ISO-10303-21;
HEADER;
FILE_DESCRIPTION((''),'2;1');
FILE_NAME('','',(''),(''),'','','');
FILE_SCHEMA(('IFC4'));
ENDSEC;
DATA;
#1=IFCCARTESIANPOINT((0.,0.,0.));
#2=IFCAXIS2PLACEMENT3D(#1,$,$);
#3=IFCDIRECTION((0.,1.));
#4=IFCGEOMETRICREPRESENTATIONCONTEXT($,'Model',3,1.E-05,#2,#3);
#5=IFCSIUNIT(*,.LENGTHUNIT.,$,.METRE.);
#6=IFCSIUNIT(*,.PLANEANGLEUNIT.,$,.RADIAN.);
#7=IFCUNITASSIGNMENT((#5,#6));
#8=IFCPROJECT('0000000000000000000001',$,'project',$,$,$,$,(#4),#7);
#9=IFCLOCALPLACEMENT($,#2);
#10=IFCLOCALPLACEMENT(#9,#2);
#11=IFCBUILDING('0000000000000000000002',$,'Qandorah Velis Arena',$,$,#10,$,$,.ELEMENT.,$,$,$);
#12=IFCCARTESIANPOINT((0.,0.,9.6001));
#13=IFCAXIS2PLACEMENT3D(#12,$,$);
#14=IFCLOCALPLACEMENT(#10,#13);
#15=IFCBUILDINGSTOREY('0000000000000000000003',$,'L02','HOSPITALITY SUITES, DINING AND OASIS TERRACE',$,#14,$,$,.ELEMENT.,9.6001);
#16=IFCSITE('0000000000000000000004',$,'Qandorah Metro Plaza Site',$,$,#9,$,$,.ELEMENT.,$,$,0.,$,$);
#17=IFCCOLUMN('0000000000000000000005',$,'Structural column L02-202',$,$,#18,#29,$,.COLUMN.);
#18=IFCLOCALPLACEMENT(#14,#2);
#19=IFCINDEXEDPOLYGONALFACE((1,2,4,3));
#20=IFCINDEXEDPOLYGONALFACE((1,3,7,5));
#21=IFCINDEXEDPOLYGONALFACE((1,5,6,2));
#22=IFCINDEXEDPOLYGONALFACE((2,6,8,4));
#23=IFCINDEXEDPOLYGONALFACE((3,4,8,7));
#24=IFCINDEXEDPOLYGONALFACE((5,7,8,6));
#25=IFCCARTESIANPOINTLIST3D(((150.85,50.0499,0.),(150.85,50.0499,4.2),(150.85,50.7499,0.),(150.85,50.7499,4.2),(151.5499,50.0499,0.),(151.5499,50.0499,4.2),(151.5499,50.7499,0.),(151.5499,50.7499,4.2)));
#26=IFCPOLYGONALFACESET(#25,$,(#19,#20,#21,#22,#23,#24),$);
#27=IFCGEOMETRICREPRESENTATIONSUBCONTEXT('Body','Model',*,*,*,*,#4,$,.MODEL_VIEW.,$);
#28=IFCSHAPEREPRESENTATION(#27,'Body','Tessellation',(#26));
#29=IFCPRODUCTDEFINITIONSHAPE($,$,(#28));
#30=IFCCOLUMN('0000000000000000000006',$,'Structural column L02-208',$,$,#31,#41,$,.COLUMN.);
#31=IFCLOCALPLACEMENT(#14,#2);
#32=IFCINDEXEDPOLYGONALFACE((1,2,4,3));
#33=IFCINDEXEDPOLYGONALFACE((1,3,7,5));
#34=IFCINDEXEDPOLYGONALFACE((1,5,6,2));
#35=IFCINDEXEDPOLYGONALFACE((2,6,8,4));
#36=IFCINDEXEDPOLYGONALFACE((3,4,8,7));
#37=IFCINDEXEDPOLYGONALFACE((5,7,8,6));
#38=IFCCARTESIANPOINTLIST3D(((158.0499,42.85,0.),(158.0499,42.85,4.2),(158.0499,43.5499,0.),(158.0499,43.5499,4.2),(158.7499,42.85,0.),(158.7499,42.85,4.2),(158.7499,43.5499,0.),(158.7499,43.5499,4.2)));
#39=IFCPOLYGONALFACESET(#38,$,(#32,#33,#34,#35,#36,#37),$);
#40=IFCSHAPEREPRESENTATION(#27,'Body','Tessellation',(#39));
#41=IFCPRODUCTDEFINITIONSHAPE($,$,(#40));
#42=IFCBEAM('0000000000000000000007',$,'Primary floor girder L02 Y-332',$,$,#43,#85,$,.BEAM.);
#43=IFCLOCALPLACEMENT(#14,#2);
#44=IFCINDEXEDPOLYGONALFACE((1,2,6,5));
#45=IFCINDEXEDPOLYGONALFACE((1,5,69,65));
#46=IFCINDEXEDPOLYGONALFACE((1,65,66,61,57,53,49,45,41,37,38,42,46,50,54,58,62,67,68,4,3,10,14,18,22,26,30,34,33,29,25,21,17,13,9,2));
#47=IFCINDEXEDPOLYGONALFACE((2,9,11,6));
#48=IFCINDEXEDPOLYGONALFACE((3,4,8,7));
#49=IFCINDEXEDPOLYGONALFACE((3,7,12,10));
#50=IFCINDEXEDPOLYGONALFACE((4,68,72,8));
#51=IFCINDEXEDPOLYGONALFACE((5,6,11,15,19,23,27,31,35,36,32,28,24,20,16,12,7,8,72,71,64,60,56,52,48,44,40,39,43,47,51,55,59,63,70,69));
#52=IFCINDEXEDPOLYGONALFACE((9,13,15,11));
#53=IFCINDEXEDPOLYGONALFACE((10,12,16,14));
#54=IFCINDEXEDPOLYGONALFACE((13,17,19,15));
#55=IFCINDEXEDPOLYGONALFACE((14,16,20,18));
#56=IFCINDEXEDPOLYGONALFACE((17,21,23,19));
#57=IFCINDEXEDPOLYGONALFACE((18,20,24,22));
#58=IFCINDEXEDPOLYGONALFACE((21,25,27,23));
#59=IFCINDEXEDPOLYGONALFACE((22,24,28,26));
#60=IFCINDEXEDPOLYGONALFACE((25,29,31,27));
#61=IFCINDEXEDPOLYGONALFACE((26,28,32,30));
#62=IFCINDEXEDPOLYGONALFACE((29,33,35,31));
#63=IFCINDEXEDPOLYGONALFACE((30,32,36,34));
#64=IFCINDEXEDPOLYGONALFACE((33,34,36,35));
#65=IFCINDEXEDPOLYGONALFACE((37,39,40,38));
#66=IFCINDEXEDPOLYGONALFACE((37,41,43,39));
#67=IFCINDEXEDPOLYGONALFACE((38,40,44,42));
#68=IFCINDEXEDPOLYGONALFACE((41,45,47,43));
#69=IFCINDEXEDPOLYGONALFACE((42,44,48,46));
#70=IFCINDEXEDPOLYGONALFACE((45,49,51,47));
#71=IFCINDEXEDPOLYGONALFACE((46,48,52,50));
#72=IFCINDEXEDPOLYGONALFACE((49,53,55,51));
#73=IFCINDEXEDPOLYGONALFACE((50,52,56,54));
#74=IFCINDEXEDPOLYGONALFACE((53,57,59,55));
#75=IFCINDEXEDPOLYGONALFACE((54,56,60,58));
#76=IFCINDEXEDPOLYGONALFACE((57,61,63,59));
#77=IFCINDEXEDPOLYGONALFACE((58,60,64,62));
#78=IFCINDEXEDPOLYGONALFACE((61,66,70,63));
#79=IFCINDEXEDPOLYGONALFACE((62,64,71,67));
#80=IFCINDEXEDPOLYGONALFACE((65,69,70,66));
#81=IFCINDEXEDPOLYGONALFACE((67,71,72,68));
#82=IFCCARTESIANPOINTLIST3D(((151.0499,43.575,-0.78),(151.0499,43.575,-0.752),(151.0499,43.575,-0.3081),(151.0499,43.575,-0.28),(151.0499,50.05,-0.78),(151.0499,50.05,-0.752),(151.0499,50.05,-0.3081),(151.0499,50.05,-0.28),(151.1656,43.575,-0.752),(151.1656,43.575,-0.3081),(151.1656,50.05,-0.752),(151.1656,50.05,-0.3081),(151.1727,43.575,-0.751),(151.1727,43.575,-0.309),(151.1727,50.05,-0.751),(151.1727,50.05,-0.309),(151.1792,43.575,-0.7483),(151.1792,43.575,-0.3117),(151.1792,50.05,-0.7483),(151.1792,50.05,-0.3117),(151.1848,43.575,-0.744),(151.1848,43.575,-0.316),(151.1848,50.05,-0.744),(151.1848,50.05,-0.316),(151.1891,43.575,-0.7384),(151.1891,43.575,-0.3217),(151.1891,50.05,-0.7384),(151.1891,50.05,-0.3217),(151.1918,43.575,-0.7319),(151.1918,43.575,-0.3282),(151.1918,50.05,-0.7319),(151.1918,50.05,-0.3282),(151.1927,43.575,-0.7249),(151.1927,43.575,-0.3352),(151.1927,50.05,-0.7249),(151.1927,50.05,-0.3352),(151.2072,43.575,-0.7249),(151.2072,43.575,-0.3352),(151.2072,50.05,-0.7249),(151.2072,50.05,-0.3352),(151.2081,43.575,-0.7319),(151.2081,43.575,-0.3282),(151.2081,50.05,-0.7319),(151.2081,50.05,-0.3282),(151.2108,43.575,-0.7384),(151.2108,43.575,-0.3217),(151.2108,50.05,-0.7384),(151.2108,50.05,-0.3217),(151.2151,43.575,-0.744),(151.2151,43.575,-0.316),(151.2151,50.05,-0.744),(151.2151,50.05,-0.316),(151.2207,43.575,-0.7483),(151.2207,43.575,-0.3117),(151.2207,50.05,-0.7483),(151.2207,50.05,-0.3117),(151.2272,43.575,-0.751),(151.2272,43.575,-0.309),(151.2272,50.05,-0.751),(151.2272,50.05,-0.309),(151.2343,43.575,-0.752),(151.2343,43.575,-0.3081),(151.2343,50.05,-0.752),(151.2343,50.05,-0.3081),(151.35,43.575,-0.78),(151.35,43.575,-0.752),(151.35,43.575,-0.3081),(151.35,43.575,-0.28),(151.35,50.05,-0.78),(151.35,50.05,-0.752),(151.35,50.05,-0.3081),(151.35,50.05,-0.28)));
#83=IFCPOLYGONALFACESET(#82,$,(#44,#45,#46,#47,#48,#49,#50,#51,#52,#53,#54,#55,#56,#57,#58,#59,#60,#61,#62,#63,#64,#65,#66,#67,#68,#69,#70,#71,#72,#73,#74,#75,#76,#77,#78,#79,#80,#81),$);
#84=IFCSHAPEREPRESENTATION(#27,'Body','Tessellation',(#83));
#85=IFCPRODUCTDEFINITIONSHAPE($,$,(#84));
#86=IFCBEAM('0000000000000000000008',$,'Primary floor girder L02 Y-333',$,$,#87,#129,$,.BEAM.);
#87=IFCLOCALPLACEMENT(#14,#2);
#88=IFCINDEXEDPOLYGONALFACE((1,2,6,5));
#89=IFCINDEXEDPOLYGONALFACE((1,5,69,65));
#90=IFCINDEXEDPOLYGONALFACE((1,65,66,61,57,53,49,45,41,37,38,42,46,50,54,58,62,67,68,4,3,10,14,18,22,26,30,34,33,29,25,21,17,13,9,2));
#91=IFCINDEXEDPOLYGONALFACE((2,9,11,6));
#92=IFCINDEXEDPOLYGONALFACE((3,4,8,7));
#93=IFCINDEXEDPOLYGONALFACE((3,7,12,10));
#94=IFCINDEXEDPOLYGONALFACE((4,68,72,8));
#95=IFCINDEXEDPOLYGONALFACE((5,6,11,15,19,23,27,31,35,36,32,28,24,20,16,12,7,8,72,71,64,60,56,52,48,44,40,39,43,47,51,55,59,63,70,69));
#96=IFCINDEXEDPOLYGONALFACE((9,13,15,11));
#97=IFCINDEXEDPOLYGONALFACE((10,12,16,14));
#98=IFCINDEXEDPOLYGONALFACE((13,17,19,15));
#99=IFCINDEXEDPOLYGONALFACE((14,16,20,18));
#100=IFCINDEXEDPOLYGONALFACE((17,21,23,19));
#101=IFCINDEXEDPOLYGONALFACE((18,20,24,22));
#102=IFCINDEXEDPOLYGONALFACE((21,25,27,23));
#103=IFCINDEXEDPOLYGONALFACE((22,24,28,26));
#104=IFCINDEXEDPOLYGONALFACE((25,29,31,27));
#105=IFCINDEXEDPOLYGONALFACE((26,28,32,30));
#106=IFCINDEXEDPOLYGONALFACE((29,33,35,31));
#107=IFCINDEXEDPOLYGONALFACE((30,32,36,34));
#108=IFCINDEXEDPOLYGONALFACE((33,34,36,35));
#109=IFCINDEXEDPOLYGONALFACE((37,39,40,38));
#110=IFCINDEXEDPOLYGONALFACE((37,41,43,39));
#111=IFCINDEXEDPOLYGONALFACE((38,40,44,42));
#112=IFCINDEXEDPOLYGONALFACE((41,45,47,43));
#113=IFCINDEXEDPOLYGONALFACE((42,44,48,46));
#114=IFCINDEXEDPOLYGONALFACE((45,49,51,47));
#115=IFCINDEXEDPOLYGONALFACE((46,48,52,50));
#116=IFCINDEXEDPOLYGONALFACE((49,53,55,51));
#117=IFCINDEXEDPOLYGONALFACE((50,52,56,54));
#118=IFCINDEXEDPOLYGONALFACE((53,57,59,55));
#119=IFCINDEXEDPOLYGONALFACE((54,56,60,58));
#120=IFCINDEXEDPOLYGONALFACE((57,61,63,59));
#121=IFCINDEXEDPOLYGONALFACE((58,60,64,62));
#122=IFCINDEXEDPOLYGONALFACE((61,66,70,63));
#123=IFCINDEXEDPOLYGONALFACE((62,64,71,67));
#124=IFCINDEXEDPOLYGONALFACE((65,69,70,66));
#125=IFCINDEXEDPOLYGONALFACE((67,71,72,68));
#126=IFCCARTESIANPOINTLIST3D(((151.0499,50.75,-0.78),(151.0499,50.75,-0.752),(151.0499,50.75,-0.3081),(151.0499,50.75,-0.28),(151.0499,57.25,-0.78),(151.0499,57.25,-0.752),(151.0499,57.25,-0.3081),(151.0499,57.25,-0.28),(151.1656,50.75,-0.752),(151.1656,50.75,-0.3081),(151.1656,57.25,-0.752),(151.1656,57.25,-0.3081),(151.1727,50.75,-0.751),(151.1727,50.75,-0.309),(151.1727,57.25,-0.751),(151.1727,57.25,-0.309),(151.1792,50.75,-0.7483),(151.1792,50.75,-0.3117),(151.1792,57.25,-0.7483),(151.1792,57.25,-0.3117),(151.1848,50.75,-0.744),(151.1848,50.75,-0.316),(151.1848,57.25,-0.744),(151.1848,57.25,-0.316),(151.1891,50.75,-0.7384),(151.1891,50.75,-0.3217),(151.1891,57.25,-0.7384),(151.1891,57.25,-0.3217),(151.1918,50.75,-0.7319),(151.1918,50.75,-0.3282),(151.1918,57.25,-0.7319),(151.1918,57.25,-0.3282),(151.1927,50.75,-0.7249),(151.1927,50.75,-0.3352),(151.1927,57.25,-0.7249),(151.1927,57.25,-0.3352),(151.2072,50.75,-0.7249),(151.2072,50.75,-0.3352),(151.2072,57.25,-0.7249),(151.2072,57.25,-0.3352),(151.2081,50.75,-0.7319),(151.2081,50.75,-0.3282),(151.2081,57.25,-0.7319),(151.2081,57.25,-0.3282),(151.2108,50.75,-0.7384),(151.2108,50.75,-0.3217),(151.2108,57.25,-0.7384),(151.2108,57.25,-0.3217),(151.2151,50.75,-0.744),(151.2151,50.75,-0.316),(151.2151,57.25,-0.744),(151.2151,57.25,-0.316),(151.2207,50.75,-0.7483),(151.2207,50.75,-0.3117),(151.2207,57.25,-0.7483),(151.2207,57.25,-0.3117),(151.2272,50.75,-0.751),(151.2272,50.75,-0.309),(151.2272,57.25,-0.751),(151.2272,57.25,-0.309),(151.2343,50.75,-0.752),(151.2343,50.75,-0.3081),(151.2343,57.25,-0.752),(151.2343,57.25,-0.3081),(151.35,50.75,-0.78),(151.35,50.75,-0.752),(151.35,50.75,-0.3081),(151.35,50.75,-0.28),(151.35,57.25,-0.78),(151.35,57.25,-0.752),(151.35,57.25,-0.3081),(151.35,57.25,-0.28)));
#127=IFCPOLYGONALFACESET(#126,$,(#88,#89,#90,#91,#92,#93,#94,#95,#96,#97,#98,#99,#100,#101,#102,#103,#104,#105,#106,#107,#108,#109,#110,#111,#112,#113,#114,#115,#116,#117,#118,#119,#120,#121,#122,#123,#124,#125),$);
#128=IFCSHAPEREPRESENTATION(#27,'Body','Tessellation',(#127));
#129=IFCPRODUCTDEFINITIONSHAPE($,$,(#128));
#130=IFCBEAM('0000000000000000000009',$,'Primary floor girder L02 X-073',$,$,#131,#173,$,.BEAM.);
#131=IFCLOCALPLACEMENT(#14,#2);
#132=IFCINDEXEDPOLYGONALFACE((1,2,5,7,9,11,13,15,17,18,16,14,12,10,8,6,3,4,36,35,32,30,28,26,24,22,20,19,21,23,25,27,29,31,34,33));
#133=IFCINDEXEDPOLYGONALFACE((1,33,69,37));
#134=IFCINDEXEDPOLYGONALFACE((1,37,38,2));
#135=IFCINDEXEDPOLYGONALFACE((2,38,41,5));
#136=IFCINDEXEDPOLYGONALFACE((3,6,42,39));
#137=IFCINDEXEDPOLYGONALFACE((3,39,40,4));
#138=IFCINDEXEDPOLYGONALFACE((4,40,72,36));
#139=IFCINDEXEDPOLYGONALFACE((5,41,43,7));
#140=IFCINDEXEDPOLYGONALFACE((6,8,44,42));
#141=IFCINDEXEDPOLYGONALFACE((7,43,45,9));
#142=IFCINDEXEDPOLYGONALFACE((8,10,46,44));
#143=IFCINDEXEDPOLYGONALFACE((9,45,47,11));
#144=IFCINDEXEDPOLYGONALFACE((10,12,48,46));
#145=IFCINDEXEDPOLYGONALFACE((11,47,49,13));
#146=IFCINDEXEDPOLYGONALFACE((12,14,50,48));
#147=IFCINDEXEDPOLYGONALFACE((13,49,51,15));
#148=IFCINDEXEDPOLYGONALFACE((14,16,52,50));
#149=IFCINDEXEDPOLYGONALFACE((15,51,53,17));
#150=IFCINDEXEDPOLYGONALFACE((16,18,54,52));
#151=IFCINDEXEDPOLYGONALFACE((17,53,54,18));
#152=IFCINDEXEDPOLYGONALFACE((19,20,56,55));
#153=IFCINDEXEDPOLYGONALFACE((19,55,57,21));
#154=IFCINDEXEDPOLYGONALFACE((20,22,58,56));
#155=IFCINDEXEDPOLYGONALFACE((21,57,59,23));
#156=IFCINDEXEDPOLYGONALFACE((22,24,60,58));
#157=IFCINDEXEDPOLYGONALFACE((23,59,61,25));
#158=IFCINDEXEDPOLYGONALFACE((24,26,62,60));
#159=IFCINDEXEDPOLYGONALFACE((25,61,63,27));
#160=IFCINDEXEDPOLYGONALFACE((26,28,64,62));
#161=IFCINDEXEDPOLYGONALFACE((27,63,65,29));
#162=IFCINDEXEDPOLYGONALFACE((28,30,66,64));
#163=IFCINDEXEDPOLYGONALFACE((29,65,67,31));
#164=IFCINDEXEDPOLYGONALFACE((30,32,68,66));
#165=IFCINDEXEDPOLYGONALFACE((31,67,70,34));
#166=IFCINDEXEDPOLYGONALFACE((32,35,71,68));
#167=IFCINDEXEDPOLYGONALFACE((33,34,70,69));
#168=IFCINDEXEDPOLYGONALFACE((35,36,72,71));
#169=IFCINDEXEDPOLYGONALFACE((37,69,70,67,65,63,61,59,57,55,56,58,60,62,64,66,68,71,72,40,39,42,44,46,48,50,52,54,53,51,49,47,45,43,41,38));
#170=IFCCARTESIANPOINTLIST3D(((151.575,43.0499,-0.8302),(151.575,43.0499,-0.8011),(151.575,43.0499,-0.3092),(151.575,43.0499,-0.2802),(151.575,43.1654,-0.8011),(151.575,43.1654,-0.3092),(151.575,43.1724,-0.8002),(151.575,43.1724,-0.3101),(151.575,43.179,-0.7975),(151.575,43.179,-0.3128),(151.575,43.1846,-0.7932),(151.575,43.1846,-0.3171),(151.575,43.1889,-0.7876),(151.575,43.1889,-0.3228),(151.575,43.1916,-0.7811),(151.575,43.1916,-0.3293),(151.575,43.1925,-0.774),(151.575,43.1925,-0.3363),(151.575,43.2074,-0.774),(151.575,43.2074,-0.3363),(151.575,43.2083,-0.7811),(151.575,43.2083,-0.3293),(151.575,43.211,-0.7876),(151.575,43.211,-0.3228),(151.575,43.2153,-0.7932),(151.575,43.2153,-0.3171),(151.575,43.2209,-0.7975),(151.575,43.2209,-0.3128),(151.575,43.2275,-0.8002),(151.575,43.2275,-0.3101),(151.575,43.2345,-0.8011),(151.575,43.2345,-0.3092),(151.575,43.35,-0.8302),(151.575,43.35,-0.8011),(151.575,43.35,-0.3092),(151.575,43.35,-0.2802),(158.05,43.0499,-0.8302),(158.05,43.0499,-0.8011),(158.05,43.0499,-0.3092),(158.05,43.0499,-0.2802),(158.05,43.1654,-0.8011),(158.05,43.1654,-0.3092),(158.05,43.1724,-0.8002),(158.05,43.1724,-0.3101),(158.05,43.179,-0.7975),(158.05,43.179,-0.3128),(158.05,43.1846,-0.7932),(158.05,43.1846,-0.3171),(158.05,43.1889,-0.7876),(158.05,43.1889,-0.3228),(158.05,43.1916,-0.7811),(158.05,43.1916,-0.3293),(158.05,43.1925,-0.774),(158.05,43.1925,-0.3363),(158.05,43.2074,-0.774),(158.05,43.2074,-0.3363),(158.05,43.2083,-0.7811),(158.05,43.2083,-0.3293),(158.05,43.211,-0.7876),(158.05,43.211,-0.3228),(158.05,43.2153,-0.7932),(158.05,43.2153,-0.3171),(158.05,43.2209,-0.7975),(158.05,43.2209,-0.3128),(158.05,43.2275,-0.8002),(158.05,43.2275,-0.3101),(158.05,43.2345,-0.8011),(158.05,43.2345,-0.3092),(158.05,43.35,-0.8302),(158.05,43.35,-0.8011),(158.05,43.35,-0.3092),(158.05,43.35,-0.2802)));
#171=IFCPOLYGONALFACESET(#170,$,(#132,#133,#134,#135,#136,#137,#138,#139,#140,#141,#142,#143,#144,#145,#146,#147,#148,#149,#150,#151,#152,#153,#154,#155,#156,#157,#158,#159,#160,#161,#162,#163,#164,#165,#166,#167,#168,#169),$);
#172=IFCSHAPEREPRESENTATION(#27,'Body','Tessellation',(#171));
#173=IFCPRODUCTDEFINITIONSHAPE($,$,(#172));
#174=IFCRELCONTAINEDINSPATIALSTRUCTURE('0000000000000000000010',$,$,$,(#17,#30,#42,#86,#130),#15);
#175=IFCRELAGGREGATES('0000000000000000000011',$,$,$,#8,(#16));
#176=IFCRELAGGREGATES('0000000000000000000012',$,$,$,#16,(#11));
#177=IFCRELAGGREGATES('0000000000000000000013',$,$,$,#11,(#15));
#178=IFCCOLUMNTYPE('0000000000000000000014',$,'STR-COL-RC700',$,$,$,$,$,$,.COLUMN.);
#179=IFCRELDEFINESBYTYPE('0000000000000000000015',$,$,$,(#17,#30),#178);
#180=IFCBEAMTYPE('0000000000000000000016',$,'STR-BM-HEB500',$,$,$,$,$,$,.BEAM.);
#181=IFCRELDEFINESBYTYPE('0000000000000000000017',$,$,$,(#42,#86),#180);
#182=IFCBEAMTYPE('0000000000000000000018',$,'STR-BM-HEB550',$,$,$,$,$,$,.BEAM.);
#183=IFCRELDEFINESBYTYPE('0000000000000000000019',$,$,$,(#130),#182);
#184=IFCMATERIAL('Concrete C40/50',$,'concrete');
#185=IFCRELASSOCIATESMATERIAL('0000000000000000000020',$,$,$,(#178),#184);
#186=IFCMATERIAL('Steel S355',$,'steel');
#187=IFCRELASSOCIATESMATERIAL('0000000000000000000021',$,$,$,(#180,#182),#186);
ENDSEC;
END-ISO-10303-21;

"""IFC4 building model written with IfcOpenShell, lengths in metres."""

from ifc_helpers import new_model, si_unit, direction, frame, origin, origin_2d, place, context, subcontext, project, spatial, rectangle, i_section, extrude, material, material_profile, profile_set, type_object, element, save


model = new_model("IFC4")

# Units and contexts
model_context = context("Model", 3, precision=1e-05, world=origin(), true_north=direction((0.0, 1.0)))
body_context = subcontext(model_context, "Body", "Model", "MODEL_VIEW")
ifc_project = project(units=[si_unit("LENGTHUNIT", "METRE"), si_unit("PLANEANGLEUNIT", "RADIAN")], contexts=[model_context])

# Site, building, storey
site_placement = place(None, origin())
site = spatial("IfcSite", under=ifc_project, at=site_placement, Name="Qandorah Metro Plaza Site", CompositionType="ELEMENT", RefElevation=0.0)
building_placement = place(site_placement, origin())
building = spatial("IfcBuilding", under=site, at=building_placement, Name="Qandorah Velis Arena", CompositionType="ELEMENT")
storey_placement = place(building_placement, frame((0.0, 0.0, 9.6001)))
storey = spatial("IfcBuildingStorey", under=building, at=storey_placement, Name="L02", Description="HOSPITALITY SUITES, DINING AND OASIS TERRACE", CompositionType="ELEMENT", Elevation=9.6001)

# Columns
ifc_material_1 = material(Name="Concrete C40/50", Category="concrete")
ifc_material_profile_1 = material_profile(ifc_material_1, rectangle(XDim=0.7, YDim=0.7, at=origin_2d()), Name="RC COL 700x700")
ifc_profile_set_1 = profile_set([ifc_material_profile_1], Name="Concrete C40/50")
column_type = type_object("IfcColumnType", Name="STR-COL-RC700", PredefinedType="COLUMN", material=ifc_profile_set_1)
for number, where, z_axis, x_axis, name in (
    (1, (151.2, 50.3999, 0.0), (0.0, 0.0, 1.0), (1.0, 0.0, 0.0), "Structural column L02-202"),
    (2, (158.3999, 43.2, 0.0), (0.0, 0.0, 1.0), (1.0, 0.0, 0.0), "Structural column L02-208"),
):
    element("IfcColumn", number, at=place(storey_placement, frame(where, z_axis=z_axis, x_axis=x_axis)), inside=storey, type_object=column_type, Name=name, PredefinedType="COLUMN", context=body_context, shape_type="SweptSolid", body=[
        extrude(rectangle(XDim=0.7, YDim=0.7, at=origin_2d()), origin(), (0.0, 0.0, 1.0), 4.2),
    ])

# Beams
ifc_material_2 = material(Name="Steel S355", Category="steel")
ifc_material_profile_2 = material_profile(ifc_material_2, i_section(OverallWidth=0.3, OverallDepth=0.5, WebThickness=0.0144, FlangeThickness=0.0281, FilletRadius=0.0271, at=origin_2d()), Name="HEB 500")
ifc_profile_set_2 = profile_set([ifc_material_profile_2], Name="Steel S355")
beam_type_1 = type_object("IfcBeamType", Name="STR-BM-HEB500", PredefinedType="BEAM", material=ifc_profile_set_2)
beam_1_placement = place(storey_placement, frame((151.2, 43.575, -0.53), z_axis=(0.0, 1.0, 0.0), x_axis=(-1.0, 0.0, 0.0)))
element("IfcBeam", 3, at=beam_1_placement, inside=storey, type_object=beam_type_1, Name="Primary floor girder L02 Y-332", PredefinedType="BEAM", context=body_context, shape_type="SweptSolid", body=[
    extrude(i_section(OverallWidth=0.3, OverallDepth=0.5, WebThickness=0.0144, FlangeThickness=0.0281, FilletRadius=0.0271, at=origin_2d()), origin(), (0.0, 0.0, 1.0), 6.4751),
])
beam_2_placement = place(storey_placement, frame((151.2, 50.75, -0.53), z_axis=(0.0, 1.0, 0.0), x_axis=(-1.0, 0.0, 0.0)))
element("IfcBeam", 4, at=beam_2_placement, inside=storey, type_object=beam_type_1, Name="Primary floor girder L02 Y-333", PredefinedType="BEAM", context=body_context, shape_type="SweptSolid", body=[
    extrude(i_section(OverallWidth=0.3, OverallDepth=0.5, WebThickness=0.0144, FlangeThickness=0.0281, FilletRadius=0.0271, at=origin_2d()), origin(), (0.0, 0.0, 1.0), 6.5),
])
ifc_material_profile_3 = material_profile(ifc_material_2, i_section(OverallWidth=0.3, OverallDepth=0.55, WebThickness=0.0149, FlangeThickness=0.0291, FilletRadius=0.0271, at=origin_2d()), Name="HEB 550")
ifc_profile_set_3 = profile_set([ifc_material_profile_3], Name="Steel S355")
beam_type_2 = type_object("IfcBeamType", Name="STR-BM-HEB550", PredefinedType="BEAM", material=ifc_profile_set_3)
for number, where, z_axis, x_axis, name in (
    (5, (151.575, 43.2, -0.5552), (1.0, 0.0, 0.0), (0.0, 1.0, 0.0), "Primary floor girder L02 X-073"),
):
    element("IfcBeam", number, at=place(storey_placement, frame(where, z_axis=z_axis, x_axis=x_axis)), inside=storey, type_object=beam_type_2, Name=name, PredefinedType="BEAM", context=body_context, shape_type="SweptSolid", body=[
        extrude(i_section(OverallWidth=0.3, OverallDepth=0.55, WebThickness=0.0149, FlangeThickness=0.0291, FilletRadius=0.0271, at=origin_2d()), origin(), (0.0, 0.0, 1.0), 6.4751),
    ])

save(model, "model.ifc")
